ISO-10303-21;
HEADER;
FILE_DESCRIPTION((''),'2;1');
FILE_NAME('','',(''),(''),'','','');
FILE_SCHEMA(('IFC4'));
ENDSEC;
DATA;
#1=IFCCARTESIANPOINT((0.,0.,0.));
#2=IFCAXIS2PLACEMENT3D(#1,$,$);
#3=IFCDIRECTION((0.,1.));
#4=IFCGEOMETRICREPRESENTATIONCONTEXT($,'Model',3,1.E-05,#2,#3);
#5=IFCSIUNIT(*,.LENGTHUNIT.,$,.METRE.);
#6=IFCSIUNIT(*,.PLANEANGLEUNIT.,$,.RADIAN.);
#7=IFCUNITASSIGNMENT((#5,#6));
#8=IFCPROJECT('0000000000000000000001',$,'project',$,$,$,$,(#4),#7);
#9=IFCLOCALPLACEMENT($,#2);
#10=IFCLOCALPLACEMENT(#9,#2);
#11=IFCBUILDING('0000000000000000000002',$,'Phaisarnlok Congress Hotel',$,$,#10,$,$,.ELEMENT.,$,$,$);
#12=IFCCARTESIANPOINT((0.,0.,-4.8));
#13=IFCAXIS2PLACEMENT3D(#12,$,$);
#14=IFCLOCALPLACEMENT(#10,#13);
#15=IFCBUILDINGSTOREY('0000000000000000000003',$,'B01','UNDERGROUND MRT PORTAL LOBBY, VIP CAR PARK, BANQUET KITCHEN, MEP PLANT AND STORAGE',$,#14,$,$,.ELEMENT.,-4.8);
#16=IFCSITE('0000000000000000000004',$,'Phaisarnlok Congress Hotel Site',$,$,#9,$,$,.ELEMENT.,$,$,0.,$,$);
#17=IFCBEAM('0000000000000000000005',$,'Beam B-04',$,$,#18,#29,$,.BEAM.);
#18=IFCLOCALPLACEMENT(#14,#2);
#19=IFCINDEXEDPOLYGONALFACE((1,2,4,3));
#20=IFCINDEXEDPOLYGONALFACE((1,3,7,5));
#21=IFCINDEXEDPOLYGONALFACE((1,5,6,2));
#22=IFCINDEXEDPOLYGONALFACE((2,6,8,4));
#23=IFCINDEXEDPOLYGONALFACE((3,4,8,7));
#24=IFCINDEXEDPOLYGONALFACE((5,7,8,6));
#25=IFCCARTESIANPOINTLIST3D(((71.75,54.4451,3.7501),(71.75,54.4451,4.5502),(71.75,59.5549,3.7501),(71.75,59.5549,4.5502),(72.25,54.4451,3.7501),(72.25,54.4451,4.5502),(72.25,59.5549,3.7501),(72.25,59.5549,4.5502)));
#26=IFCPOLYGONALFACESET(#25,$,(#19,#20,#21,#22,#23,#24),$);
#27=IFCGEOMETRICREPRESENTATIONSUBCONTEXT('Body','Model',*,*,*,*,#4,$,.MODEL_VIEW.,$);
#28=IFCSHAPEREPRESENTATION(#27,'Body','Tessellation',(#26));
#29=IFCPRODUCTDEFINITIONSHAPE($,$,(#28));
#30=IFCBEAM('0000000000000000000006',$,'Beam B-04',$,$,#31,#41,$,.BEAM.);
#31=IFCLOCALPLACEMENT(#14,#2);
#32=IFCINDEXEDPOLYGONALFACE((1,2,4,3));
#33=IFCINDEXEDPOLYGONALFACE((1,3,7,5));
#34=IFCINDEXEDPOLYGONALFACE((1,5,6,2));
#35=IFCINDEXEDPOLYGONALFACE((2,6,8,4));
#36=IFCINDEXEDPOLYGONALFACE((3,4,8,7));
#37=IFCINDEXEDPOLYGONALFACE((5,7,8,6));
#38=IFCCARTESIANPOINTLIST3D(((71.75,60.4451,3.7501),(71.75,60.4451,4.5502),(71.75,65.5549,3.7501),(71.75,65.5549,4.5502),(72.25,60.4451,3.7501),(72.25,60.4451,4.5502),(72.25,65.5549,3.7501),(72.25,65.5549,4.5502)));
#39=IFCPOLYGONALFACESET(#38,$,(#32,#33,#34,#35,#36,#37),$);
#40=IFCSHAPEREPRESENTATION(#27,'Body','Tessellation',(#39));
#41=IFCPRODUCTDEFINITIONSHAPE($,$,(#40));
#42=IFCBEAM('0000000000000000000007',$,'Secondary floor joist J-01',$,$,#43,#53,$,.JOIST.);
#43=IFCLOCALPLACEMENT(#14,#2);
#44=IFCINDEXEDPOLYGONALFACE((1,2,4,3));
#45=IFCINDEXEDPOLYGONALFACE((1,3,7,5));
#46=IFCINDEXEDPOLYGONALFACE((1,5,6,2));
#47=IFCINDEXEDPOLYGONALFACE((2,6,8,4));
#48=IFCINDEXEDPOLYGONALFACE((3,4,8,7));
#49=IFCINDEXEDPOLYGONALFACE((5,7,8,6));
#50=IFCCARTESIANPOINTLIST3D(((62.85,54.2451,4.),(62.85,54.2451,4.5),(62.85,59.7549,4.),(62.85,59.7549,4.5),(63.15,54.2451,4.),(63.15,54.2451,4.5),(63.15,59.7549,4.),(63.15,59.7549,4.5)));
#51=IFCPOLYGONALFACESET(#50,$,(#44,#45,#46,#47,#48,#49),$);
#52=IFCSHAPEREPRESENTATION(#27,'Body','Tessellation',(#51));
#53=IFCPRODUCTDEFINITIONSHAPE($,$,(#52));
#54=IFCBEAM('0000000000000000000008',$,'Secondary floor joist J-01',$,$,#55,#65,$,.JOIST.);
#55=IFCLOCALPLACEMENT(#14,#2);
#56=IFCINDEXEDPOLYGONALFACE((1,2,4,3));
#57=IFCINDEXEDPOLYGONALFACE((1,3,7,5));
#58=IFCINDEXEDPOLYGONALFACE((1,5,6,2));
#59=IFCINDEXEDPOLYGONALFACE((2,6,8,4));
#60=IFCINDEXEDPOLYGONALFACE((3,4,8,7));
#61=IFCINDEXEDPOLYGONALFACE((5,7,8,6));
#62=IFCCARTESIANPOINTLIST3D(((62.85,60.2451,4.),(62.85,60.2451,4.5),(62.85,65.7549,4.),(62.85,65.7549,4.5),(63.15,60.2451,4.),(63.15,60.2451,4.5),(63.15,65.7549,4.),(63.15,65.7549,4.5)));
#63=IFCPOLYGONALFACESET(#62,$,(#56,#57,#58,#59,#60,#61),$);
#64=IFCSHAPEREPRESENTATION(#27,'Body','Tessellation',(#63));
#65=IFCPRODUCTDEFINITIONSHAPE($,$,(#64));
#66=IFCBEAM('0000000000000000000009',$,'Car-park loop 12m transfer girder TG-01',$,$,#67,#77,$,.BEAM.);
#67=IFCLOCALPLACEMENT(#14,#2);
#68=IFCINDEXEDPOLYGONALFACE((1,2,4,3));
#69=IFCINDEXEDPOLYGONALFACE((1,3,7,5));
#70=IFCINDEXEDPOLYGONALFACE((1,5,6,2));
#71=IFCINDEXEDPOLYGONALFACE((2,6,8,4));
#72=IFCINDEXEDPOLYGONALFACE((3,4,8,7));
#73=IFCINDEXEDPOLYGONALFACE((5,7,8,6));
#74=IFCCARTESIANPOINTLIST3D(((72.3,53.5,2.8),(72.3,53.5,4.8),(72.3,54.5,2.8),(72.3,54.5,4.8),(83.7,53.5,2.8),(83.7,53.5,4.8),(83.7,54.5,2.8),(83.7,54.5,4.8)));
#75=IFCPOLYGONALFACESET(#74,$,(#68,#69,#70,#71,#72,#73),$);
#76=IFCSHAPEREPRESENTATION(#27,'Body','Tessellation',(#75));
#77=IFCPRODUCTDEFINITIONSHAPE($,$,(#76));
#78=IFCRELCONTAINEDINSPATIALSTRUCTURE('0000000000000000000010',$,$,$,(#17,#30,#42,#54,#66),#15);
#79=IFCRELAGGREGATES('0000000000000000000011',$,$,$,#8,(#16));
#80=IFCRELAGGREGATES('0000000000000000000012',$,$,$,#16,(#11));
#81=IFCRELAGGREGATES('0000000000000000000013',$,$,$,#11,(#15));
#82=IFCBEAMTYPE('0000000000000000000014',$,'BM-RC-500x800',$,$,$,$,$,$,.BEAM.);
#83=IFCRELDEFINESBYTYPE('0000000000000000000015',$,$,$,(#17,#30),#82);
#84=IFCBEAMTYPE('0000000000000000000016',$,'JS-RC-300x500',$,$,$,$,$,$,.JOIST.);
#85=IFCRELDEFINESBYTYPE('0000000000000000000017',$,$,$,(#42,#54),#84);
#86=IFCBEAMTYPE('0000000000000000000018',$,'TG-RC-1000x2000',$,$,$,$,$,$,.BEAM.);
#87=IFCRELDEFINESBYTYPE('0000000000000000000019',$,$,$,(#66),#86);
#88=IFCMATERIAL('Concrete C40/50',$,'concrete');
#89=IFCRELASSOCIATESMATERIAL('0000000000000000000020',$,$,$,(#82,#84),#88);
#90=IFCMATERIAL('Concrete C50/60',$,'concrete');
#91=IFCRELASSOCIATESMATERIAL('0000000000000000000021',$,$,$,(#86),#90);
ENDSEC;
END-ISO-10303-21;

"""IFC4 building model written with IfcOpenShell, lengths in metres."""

from ifc_helpers import new_model, si_unit, direction, frame, origin, origin_2d, place, context, subcontext, project, spatial, rectangle, extrude, material, material_profile, profile_set, type_object, element, save


model = new_model("IFC4")

# Units and contexts
model_context = context("Model", 3, precision=1e-05, world=origin(), true_north=direction((0.0, 1.0)))
body_context = subcontext(model_context, "Body", "Model", "MODEL_VIEW")
ifc_project = project(units=[si_unit("LENGTHUNIT", "METRE"), si_unit("PLANEANGLEUNIT", "RADIAN")], contexts=[model_context])

# Site, building, storey
site_placement = place(None, origin())
site = spatial("IfcSite", under=ifc_project, at=site_placement, Name="Phaisarnlok Congress Hotel Site", CompositionType="ELEMENT", RefElevation=0.0)
building_placement = place(site_placement, origin())
building = spatial("IfcBuilding", under=site, at=building_placement, Name="Phaisarnlok Congress Hotel", CompositionType="ELEMENT")
storey_placement = place(building_placement, frame((0.0, 0.0, -4.8)))
storey = spatial("IfcBuildingStorey", under=building, at=storey_placement, Name="B01", Description="UNDERGROUND MRT PORTAL LOBBY, VIP CAR PARK, BANQUET KITCHEN, MEP PLANT AND STORAGE", CompositionType="ELEMENT", Elevation=-4.8)

# Shared definitions
ifc_material_1 = material(Name="Concrete C40/50", Category="concrete")

# Shared definitions
ifc_material_2 = material(Name="Concrete C50/60", Category="concrete")

# Beams
ifc_material_profile_1 = material_profile(ifc_material_1, rectangle(XDim=0.5, YDim=0.8, at=origin_2d()), Name="RC 500x800")
ifc_profile_set_1 = profile_set([ifc_material_profile_1], Name="Concrete C40/50")
beam_type_1 = type_object("IfcBeamType", Name="BM-RC-500x800", PredefinedType="BEAM", material=ifc_profile_set_1)
for number, where, z_axis, x_axis, name in (
    (1, (72.0, 54.4451, 4.1501), (0.0, 1.0, 0.0), (-1.0, 0.0, 0.0), "Beam B-04"),
    (2, (72.0, 60.4451, 4.1501), (0.0, 1.0, 0.0), (-1.0, 0.0, 0.0), "Beam B-04"),
):
    element("IfcBeam", number, at=place(storey_placement, frame(where, z_axis=z_axis, x_axis=x_axis)), inside=storey, type_object=beam_type_1, Name=name, PredefinedType="BEAM", context=body_context, shape_type="SweptSolid", body=[
        extrude(rectangle(XDim=0.5, YDim=0.8, at=origin_2d()), origin(), (0.0, 0.0, 1.0), 5.1099),
    ])
ifc_material_profile_2 = material_profile(ifc_material_1, rectangle(XDim=0.3, YDim=0.5, at=origin_2d()), Name="RC 300x500")
ifc_profile_set_2 = profile_set([ifc_material_profile_2], Name="Concrete C40/50")
beam_type_2 = type_object("IfcBeamType", Name="JS-RC-300x500", PredefinedType="JOIST", material=ifc_profile_set_2)
for number, where, z_axis, x_axis, name in (
    (3, (63.0, 54.2451, 4.25), (0.0, 1.0, 0.0), (-1.0, 0.0, 0.0), "Secondary floor joist J-01"),
    (4, (63.0, 60.2451, 4.25), (0.0, 1.0, 0.0), (-1.0, 0.0, 0.0), "Secondary floor joist J-01"),
):
    element("IfcBeam", number, at=place(storey_placement, frame(where, z_axis=z_axis, x_axis=x_axis)), inside=storey, type_object=beam_type_2, Name=name, PredefinedType="JOIST", context=body_context, shape_type="SweptSolid", body=[
        extrude(rectangle(XDim=0.3, YDim=0.5, at=origin_2d()), origin(), (0.0, 0.0, 1.0), 5.5098),
    ])
ifc_material_profile_3 = material_profile(ifc_material_2, rectangle(XDim=1.0, YDim=2.0, at=origin_2d()), Name="RC 1000x2000")
ifc_profile_set_3 = profile_set([ifc_material_profile_3], Name="Concrete C50/60")
beam_type_3 = type_object("IfcBeamType", Name="TG-RC-1000x2000", PredefinedType="BEAM", material=ifc_profile_set_3)
beam_1_placement = place(storey_placement, frame((72.3, 54.0, 3.8), z_axis=(1.0, 0.0, 0.0), x_axis=(0.0, 1.0, 0.0)))
element("IfcBeam", 5, at=beam_1_placement, inside=storey, type_object=beam_type_3, Name="Car-park loop 12m transfer girder TG-01", PredefinedType="BEAM", context=body_context, shape_type="SweptSolid", body=[
    extrude(rectangle(XDim=1.0, YDim=2.0, at=origin_2d()), origin(), (0.0, 0.0, 1.0), 11.3999),
])

save(model, "model.ifc")
